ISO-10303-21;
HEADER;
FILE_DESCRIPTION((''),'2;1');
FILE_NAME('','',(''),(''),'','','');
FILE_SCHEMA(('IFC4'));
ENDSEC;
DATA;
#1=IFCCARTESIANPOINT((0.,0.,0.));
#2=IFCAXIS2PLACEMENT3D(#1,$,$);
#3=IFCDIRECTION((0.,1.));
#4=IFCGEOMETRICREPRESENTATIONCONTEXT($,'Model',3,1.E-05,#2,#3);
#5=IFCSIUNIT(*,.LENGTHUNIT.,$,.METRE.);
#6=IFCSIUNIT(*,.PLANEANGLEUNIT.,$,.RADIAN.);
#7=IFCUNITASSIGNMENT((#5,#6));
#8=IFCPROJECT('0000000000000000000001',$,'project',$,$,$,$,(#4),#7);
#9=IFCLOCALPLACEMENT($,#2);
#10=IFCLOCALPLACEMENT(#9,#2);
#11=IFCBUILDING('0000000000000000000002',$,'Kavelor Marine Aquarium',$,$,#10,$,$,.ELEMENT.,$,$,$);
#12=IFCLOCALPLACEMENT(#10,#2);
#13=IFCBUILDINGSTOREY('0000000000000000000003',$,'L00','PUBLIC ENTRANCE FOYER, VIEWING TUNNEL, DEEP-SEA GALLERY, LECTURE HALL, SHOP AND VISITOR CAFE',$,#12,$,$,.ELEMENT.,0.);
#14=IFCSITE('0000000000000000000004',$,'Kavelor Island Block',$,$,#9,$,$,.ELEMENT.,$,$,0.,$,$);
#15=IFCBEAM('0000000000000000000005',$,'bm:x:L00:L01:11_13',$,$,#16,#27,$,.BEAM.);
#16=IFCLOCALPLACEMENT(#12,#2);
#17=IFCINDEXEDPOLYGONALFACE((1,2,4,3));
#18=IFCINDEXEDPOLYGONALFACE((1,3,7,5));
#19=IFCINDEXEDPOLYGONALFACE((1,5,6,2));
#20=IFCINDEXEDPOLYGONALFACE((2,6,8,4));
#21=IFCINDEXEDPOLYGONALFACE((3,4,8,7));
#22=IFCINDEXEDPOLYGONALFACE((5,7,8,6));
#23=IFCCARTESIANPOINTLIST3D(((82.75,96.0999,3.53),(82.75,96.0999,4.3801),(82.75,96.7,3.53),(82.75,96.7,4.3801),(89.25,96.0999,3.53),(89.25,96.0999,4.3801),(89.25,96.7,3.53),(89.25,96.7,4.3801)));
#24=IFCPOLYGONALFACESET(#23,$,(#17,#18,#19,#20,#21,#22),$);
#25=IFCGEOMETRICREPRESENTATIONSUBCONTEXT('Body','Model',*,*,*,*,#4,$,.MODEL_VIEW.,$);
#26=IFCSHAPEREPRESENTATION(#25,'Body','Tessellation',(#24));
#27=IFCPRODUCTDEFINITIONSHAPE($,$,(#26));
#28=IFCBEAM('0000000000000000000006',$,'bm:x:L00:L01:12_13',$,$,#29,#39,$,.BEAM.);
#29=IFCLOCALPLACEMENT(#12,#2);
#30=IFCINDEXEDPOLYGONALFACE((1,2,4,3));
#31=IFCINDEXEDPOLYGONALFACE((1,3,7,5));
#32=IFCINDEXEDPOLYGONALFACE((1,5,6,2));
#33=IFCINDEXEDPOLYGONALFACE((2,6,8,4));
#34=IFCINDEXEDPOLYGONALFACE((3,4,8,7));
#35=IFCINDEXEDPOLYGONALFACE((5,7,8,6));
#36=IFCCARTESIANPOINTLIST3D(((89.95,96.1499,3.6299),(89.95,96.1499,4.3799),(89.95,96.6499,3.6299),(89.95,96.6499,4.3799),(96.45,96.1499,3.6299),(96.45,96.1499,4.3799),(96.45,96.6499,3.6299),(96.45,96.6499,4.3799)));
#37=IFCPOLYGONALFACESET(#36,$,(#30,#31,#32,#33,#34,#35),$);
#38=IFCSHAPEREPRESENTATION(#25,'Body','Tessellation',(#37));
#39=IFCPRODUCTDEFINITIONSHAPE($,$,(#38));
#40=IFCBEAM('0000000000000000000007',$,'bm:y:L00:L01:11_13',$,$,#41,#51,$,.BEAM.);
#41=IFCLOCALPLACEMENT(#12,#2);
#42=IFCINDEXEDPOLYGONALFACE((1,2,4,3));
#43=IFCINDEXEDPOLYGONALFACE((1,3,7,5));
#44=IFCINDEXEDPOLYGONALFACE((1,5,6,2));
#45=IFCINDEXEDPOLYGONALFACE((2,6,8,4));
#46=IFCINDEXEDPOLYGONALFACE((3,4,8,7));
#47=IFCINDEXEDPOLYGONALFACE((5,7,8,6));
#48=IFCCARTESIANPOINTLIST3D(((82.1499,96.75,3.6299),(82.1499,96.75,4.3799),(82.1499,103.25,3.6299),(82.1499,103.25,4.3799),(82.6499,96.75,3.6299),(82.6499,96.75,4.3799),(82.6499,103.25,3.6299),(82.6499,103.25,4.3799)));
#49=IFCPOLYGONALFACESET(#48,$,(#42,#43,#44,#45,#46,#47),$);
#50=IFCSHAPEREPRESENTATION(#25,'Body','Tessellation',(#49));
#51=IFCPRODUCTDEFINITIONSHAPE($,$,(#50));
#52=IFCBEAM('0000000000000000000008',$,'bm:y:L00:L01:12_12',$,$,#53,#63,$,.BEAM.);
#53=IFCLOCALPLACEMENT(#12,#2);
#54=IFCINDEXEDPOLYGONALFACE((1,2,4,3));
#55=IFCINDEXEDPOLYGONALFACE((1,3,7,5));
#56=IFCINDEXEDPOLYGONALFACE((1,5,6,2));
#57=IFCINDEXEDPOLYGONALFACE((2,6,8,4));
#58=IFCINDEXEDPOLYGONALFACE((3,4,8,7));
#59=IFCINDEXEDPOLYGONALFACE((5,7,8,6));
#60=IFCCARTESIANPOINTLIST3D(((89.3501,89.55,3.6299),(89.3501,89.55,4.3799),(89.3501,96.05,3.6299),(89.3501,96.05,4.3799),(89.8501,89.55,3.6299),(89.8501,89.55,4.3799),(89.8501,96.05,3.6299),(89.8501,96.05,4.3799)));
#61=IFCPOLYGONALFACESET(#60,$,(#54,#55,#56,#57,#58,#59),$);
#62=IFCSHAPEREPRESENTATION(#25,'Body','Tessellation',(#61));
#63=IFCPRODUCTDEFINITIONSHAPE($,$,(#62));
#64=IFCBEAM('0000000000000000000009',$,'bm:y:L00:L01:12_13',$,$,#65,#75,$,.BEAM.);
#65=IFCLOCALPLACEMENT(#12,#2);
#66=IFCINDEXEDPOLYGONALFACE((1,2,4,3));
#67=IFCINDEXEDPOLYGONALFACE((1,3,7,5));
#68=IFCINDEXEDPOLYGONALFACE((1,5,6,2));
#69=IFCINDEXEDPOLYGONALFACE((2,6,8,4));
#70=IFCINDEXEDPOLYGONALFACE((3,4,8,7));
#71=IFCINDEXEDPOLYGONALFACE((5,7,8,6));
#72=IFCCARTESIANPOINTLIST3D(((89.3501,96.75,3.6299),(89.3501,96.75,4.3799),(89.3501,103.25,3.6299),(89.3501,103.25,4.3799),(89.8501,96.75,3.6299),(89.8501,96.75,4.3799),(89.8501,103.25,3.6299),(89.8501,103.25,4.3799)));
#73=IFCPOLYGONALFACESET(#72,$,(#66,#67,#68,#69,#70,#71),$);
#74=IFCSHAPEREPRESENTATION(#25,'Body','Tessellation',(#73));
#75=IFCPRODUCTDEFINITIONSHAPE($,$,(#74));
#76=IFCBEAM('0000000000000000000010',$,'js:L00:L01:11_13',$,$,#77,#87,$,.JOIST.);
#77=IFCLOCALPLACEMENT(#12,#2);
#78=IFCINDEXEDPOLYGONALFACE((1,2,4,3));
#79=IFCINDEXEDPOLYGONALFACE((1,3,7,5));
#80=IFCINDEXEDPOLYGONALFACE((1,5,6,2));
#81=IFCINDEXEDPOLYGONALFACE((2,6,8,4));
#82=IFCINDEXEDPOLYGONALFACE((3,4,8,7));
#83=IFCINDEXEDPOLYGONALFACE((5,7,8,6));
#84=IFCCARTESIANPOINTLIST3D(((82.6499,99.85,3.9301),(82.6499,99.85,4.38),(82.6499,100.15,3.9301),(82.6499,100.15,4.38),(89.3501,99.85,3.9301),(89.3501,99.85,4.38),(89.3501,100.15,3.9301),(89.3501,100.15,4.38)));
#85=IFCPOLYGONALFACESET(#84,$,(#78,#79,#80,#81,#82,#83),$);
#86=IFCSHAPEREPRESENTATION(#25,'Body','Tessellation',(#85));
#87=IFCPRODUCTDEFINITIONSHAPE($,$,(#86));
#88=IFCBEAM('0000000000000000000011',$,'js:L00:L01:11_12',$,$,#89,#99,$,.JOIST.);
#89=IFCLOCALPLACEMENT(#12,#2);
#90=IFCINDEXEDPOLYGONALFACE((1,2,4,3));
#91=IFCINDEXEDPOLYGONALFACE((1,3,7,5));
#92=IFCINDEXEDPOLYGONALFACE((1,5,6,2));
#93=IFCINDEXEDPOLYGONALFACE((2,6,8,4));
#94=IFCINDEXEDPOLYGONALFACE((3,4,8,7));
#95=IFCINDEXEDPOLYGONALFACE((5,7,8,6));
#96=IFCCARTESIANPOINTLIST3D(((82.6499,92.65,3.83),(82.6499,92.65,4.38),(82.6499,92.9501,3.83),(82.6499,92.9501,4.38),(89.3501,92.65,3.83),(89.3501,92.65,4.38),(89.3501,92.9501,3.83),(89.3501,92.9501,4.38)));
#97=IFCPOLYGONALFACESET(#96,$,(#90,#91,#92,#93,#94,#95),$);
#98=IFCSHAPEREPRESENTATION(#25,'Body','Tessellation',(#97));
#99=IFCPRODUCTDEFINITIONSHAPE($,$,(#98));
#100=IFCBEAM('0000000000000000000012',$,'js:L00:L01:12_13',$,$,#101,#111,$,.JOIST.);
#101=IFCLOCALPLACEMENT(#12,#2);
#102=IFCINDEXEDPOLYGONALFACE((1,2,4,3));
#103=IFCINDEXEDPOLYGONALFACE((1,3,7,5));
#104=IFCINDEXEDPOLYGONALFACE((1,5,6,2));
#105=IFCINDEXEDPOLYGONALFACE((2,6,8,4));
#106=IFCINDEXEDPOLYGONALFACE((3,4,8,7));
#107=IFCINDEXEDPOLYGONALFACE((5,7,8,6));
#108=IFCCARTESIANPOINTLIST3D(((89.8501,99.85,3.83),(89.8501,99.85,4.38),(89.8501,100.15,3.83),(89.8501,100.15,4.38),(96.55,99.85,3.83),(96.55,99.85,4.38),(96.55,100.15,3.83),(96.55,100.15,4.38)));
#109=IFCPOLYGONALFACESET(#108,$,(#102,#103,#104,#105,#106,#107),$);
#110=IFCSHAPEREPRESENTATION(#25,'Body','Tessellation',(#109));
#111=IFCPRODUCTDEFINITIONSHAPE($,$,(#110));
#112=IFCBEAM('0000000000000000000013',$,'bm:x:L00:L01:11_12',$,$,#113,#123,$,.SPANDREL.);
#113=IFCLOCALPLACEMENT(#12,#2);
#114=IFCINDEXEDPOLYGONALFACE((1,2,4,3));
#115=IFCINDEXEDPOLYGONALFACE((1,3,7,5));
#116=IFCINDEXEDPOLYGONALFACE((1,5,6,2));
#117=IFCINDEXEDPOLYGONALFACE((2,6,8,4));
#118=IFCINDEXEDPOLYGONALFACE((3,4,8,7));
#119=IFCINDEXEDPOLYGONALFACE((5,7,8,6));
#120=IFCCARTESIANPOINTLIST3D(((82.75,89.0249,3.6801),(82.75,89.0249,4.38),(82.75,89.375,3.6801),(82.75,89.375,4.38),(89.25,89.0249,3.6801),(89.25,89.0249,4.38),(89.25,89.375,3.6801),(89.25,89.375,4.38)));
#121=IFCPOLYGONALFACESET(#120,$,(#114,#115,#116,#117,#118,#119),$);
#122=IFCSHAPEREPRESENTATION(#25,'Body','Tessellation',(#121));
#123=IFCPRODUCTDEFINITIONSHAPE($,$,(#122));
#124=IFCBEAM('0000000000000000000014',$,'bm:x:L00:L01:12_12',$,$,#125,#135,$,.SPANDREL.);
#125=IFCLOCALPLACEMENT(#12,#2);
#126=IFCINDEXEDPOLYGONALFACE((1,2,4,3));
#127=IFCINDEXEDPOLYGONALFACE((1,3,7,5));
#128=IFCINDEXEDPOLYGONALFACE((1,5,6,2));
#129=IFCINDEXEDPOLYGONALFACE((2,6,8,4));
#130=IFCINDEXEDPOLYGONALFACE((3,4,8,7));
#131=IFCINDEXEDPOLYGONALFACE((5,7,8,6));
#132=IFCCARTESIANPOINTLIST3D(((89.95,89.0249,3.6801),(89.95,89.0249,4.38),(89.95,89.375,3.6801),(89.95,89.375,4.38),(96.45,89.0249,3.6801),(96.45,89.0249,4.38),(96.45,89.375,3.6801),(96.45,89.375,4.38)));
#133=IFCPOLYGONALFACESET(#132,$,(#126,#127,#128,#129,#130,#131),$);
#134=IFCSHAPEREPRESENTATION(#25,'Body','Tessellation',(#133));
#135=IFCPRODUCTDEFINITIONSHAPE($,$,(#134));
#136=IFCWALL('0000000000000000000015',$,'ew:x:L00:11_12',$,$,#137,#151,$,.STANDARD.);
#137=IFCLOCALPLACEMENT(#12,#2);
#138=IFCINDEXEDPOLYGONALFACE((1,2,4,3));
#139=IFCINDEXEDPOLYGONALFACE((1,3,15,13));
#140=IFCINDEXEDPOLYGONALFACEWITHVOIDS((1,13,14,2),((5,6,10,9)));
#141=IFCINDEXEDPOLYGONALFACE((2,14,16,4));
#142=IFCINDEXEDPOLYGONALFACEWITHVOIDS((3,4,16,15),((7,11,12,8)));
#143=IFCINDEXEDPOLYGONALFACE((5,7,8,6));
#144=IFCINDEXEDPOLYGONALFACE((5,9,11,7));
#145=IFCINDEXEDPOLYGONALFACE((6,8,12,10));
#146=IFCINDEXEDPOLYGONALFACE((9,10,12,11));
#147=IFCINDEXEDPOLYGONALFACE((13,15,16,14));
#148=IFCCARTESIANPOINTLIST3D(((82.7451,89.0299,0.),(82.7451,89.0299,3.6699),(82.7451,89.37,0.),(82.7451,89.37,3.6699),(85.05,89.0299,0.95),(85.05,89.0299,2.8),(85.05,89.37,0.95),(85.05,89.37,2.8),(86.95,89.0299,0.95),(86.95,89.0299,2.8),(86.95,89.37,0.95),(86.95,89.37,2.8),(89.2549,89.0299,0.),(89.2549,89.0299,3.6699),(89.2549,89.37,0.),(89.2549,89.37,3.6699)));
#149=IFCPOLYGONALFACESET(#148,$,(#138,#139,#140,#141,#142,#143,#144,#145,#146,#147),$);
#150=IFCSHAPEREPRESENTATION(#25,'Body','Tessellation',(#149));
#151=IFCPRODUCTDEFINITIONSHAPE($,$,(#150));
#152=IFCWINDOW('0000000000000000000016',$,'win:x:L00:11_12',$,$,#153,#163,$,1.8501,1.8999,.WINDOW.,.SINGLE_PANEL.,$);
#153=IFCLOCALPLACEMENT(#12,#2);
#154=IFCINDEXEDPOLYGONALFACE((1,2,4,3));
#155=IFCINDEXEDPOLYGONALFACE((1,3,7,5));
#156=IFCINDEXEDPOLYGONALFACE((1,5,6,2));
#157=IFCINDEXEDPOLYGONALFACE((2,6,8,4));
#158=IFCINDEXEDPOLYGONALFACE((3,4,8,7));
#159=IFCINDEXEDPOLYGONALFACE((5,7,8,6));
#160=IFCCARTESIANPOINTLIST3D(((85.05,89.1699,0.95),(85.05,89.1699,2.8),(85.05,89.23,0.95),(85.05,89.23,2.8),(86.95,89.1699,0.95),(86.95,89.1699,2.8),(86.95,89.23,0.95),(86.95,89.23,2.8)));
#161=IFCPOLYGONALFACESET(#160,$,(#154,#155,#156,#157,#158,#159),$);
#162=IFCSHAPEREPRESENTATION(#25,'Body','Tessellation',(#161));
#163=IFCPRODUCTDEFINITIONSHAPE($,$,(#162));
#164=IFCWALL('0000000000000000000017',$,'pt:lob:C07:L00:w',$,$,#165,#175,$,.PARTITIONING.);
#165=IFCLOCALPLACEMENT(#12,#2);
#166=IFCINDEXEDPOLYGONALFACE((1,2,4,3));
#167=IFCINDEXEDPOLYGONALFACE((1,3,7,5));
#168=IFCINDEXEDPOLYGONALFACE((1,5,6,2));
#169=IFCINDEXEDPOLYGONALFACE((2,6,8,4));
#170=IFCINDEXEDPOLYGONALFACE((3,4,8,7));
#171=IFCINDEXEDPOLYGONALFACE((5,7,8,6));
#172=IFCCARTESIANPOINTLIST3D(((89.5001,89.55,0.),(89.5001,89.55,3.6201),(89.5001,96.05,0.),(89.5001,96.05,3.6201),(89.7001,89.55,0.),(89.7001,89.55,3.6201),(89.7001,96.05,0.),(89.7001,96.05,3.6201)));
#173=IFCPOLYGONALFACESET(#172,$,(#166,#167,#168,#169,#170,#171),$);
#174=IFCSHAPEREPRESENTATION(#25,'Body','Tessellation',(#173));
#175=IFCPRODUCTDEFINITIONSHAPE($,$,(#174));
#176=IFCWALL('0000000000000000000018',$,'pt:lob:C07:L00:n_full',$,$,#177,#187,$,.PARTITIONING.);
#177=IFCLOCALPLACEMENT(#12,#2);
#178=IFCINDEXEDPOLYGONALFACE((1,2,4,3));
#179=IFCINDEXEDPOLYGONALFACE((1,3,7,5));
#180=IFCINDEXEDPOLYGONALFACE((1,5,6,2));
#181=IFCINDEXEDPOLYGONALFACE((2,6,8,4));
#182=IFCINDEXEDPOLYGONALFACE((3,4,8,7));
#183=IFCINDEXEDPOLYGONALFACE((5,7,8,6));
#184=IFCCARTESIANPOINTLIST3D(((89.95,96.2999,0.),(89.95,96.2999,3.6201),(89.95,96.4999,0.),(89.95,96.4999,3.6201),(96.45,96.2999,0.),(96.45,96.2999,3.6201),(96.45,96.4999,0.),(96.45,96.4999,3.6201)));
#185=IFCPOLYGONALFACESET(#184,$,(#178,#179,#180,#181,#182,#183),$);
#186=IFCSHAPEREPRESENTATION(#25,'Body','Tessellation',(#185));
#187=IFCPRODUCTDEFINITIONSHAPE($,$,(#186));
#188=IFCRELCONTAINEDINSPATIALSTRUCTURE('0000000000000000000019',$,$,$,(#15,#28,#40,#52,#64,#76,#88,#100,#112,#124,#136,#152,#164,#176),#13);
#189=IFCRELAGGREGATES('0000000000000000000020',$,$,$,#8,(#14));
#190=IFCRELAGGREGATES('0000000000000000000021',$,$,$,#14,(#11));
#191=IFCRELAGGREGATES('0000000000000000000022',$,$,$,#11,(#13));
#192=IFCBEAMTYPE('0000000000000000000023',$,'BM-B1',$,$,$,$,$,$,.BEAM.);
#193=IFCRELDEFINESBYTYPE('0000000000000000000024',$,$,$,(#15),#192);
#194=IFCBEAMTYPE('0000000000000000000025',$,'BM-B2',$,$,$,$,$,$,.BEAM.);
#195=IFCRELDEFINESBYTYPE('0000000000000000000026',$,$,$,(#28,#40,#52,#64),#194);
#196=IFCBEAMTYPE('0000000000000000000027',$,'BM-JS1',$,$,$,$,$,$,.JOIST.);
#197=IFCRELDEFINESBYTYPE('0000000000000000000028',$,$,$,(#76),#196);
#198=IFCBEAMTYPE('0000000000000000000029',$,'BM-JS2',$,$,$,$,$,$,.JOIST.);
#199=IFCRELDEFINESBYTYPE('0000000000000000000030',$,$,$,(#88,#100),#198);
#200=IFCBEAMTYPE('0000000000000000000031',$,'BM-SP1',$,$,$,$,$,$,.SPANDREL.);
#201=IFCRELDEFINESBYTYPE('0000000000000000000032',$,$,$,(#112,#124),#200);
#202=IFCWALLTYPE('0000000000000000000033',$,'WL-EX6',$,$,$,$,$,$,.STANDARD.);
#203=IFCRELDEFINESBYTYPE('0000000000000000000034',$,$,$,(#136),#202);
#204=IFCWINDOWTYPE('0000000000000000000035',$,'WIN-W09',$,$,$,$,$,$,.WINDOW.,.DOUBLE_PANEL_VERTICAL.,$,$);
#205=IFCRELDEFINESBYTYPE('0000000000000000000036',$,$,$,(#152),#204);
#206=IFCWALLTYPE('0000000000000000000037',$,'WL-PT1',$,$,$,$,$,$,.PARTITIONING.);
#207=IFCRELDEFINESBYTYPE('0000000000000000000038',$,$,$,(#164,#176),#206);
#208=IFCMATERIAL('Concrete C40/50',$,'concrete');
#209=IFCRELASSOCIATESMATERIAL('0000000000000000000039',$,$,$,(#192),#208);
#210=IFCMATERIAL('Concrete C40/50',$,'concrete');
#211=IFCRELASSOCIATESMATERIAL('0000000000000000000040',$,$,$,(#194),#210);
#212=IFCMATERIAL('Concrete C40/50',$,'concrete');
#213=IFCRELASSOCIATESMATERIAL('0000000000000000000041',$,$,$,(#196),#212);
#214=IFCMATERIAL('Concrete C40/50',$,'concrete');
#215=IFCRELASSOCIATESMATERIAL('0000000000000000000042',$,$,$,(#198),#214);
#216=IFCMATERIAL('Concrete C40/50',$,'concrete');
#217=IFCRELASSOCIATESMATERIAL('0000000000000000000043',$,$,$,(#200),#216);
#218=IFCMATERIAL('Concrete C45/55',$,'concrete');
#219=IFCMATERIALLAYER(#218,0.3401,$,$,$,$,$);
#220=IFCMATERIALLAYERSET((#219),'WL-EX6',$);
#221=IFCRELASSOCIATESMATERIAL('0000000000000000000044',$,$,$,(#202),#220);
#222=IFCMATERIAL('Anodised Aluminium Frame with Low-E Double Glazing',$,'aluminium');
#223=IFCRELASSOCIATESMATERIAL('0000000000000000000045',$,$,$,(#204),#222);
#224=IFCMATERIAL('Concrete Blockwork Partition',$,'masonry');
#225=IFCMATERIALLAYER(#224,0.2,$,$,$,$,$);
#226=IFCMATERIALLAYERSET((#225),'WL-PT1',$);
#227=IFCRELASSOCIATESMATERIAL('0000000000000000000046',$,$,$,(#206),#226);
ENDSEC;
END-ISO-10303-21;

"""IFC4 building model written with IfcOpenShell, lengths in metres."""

from ifc_helpers import new_model, si_unit, direction, frame, frame_2d, origin, origin_2d, place, context, subcontext, project, spatial, rectangle, extrude, material, layer, layer_set, material_profile, profile_set, type_object, element, fill, save


model = new_model("IFC4")

# Units and contexts
model_context = context("Model", 3, precision=1e-05, world=origin(), true_north=direction((0.0, 1.0)))
body_context = subcontext(model_context, "Body", "Model", "MODEL_VIEW")
ifc_project = project(units=[si_unit("LENGTHUNIT", "METRE"), si_unit("PLANEANGLEUNIT", "RADIAN")], contexts=[model_context])

# Site, building, storey
site_placement = place(None, origin())
site = spatial("IfcSite", under=ifc_project, at=site_placement, Name="Kavelor Island Block", CompositionType="ELEMENT", RefElevation=0.0)
building_placement = place(site_placement, origin())
building = spatial("IfcBuilding", under=site, at=building_placement, Name="Kavelor Marine Aquarium", CompositionType="ELEMENT")
storey_placement = place(building_placement, origin())
storey = spatial("IfcBuildingStorey", under=building, at=storey_placement, Name="L00", Description="PUBLIC ENTRANCE FOYER, VIEWING TUNNEL, DEEP-SEA GALLERY, LECTURE HALL, SHOP AND VISITOR CAFE", CompositionType="ELEMENT", Elevation=0.0)

# Beams
ifc_material_1 = material(Name="Concrete C40/50", Category="concrete")
ifc_material_profile_1 = material_profile(ifc_material_1, rectangle(XDim=0.6001, YDim=0.8501, at=origin_2d()), Name="RC-BM 600x850")
ifc_profile_set_1 = profile_set([ifc_material_profile_1], Name="Concrete C40/50")
beam_type_1 = type_object("IfcBeamType", Name="BM-B1", PredefinedType="BEAM", material=ifc_profile_set_1)
beam_1_placement = place(storey_placement, frame((82.75, 96.3999, 3.9551), z_axis=(1.0, 0.0, 0.0), x_axis=(0.0, 1.0, 0.0)))
element("IfcBeam", 1, at=beam_1_placement, inside=storey, type_object=beam_type_1, Name="bm:x:L00:L01:11_13", PredefinedType="BEAM", context=body_context, shape_type="SweptSolid", body=[
    extrude(rectangle(XDim=0.6001, YDim=0.8501, at=origin_2d()), origin(), (0.0, 0.0, 1.0), 6.5),
])
ifc_material_2 = material(Name="Concrete C40/50", Category="concrete")
ifc_material_profile_2 = material_profile(ifc_material_2, rectangle(XDim=0.5, YDim=0.75, at=origin_2d()), Name="RC-BM 500x750")
ifc_profile_set_2 = profile_set([ifc_material_profile_2], Name="Concrete C40/50")
beam_type_2 = type_object("IfcBeamType", Name="BM-B2", PredefinedType="BEAM", material=ifc_profile_set_2)
for number, where, z_axis, x_axis, name in (
    (2, (89.95, 96.3999, 4.0049), (1.0, 0.0, 0.0), (0.0, 1.0, 0.0), "bm:x:L00:L01:12_13"),
    (3, (82.3999, 96.75, 4.0049), (0.0, 1.0, 0.0), (-1.0, 0.0, 0.0), "bm:y:L00:L01:11_13"),
    (4, (89.6001, 89.55, 4.0049), (0.0, 1.0, 0.0), (-1.0, 0.0, 0.0), "bm:y:L00:L01:12_12"),
    (5, (89.6001, 96.75, 4.0049), (0.0, 1.0, 0.0), (-1.0, 0.0, 0.0), "bm:y:L00:L01:12_13"),
):
    element("IfcBeam", number, at=place(storey_placement, frame(where, z_axis=z_axis, x_axis=x_axis)), inside=storey, type_object=beam_type_2, Name=name, PredefinedType="BEAM", context=body_context, shape_type="SweptSolid", body=[
        extrude(rectangle(XDim=0.5, YDim=0.75, at=origin_2d()), origin(), (0.0, 0.0, 1.0), 6.5),
    ])
ifc_material_3 = material(Name="Concrete C40/50", Category="concrete")
ifc_material_profile_3 = material_profile(ifc_material_3, rectangle(XDim=0.3, YDim=0.45, at=origin_2d()), Name="RC-JS 300x450")
ifc_profile_set_3 = profile_set([ifc_material_profile_3], Name="Concrete C40/50")
beam_type_3 = type_object("IfcBeamType", Name="BM-JS1", PredefinedType="JOIST", material=ifc_profile_set_3)
beam_2_placement = place(storey_placement, frame((82.6499, 100.0, 4.155), z_axis=(1.0, 0.0, 0.0), x_axis=(0.0, 1.0, 0.0)))
element("IfcBeam", 6, at=beam_2_placement, inside=storey, type_object=beam_type_3, Name="js:L00:L01:11_13", PredefinedType="JOIST", context=body_context, shape_type="SweptSolid", body=[
    extrude(rectangle(XDim=0.3, YDim=0.45, at=origin_2d()), origin(), (0.0, 0.0, 1.0), 6.7002),
])
ifc_material_4 = material(Name="Concrete C40/50", Category="concrete")
ifc_material_profile_4 = material_profile(ifc_material_4, rectangle(XDim=0.3, YDim=0.55, at=origin_2d()), Name="RC-JS 300x550")
ifc_profile_set_4 = profile_set([ifc_material_profile_4], Name="Concrete C40/50")
beam_type_4 = type_object("IfcBeamType", Name="BM-JS2", PredefinedType="JOIST", material=ifc_profile_set_4)
beam_3_placement = place(storey_placement, frame((82.6499, 92.8, 4.105), z_axis=(1.0, 0.0, 0.0), x_axis=(0.0, 1.0, 0.0)))
element("IfcBeam", 7, at=beam_3_placement, inside=storey, type_object=beam_type_4, Name="js:L00:L01:11_12", PredefinedType="JOIST", context=body_context, shape_type="SweptSolid", body=[
    extrude(rectangle(XDim=0.3, YDim=0.55, at=origin_2d()), origin(), (0.0, 0.0, 1.0), 6.7002),
])
beam_4_placement = place(storey_placement, frame((89.8501, 100.0, 4.105), z_axis=(1.0, 0.0, 0.0), x_axis=(0.0, 1.0, 0.0)))
element("IfcBeam", 8, at=beam_4_placement, inside=storey, type_object=beam_type_4, Name="js:L00:L01:12_13", PredefinedType="JOIST", context=body_context, shape_type="SweptSolid", body=[
    extrude(rectangle(XDim=0.3, YDim=0.55, at=origin_2d()), origin(), (0.0, 0.0, 1.0), 6.7),
])
ifc_material_5 = material(Name="Concrete C40/50", Category="concrete")
ifc_material_profile_5 = material_profile(ifc_material_5, rectangle(XDim=0.3501, YDim=0.7, at=origin_2d()), Name="RC-SP 350x700")
ifc_profile_set_5 = profile_set([ifc_material_profile_5], Name="Concrete C40/50")
beam_type_5 = type_object("IfcBeamType", Name="BM-SP1", PredefinedType="SPANDREL", material=ifc_profile_set_5)
for number, where, z_axis, x_axis, name in (
    (9, (82.75, 89.2, 4.03), (1.0, 0.0, 0.0), (0.0, 1.0, 0.0), "bm:x:L00:L01:11_12"),
    (10, (89.95, 89.2, 4.03), (1.0, 0.0, 0.0), (0.0, 1.0, 0.0), "bm:x:L00:L01:12_12"),
):
    element("IfcBeam", number, at=place(storey_placement, frame(where, z_axis=z_axis, x_axis=x_axis)), inside=storey, type_object=beam_type_5, Name=name, PredefinedType="SPANDREL", context=body_context, shape_type="SweptSolid", body=[
        extrude(rectangle(XDim=0.3501, YDim=0.7, at=origin_2d()), origin(), (0.0, 0.0, 1.0), 6.5),
    ])

# Wall, opening, window
ifc_material_6 = material(Name="Concrete C45/55", Category="concrete")
ifc_layer_1 = layer(ifc_material_6, 0.3401)
ifc_layer_set_1 = layer_set([ifc_layer_1], Name="WL-EX6")
wall_type_1 = type_object("IfcWallType", Name="WL-EX6", PredefinedType="STANDARD", material=ifc_layer_set_1)
wall_1_placement = place(storey_placement, frame((89.2549, 89.2, 0.0), z_axis=(0.0, 0.0, 1.0), x_axis=(-1.0, 0.0, 0.0)))
wall_1 = element("IfcWall", 11, at=wall_1_placement, inside=storey, type_object=wall_type_1, Name="ew:x:L00:11_12", PredefinedType="STANDARD", context=body_context, shape_type="SweptSolid", body=[
    extrude(rectangle(XDim=6.5098, YDim=0.3401, at=frame_2d((3.2549, 0.0))), origin(), (0.0, 0.0, 1.0), 3.6699),
])
opening_placement = place(wall_1_placement, frame((2.3049, 0.0, 0.95)))
opening = element("IfcOpeningElement", 12, at=opening_placement, cuts=wall_1, PredefinedType="OPENING", context=body_context, shape_type="SweptSolid", body=[
    extrude(rectangle(XDim=1.8999, YDim=1.8501, at=frame_2d((0.95, 0.925))), frame((0.0, 0.1799, 0.0), z_axis=(0.0, -1.0, 0.0), x_axis=(1.0, 0.0, 0.0)), (0.0, 0.0, 1.0), 0.3601),
])
ifc_material_7 = material(Name="Anodised Aluminium Frame with Low-E Double Glazing", Category="aluminium")
window_type = type_object("IfcWindowType", Name="WIN-W09", PartitioningType="DOUBLE_PANEL_VERTICAL", PredefinedType="WINDOW", material=ifc_material_7)
window_placement = place(opening_placement, origin())
window = element("IfcWindow", 13, at=window_placement, inside=storey, type_object=window_type, Name="win:x:L00:11_12", OverallHeight=1.8501, OverallWidth=1.8999, PartitioningType="SINGLE_PANEL", PredefinedType="WINDOW", context=body_context, shape_type="SweptSolid", body=[
    extrude(rectangle(XDim=1.8999, YDim=1.8501, at=frame_2d((0.95, 0.925))), frame((0.0, 0.03, 0.0), z_axis=(0.0, -1.0, 0.0), x_axis=(1.0, 0.0, 0.0)), (0.0, 0.0, 1.0), 0.0601),
])
fill(opening, window)

# Walls
ifc_material_8 = material(Name="Concrete Blockwork Partition", Category="masonry")
ifc_layer_2 = layer(ifc_material_8, 0.2)
ifc_layer_set_2 = layer_set([ifc_layer_2], Name="WL-PT1")
wall_type_2 = type_object("IfcWallType", Name="WL-PT1", PredefinedType="PARTITIONING", material=ifc_layer_set_2)
for number, where, z_axis, x_axis, name in (
    (14, (89.6001, 89.55, 0.0), (0.0, 0.0, 1.0), (0.0, 1.0, 0.0), "pt:lob:C07:L00:w"),
    (15, (89.95, 96.3999, 0.0), (0.0, 0.0, 1.0), (1.0, 0.0, 0.0), "pt:lob:C07:L00:n_full"),
):
    element("IfcWall", number, at=place(storey_placement, frame(where, z_axis=z_axis, x_axis=x_axis)), inside=storey, type_object=wall_type_2, Name=name, PredefinedType="PARTITIONING", context=body_context, shape_type="SweptSolid", body=[
        extrude(rectangle(XDim=6.5, YDim=0.2, at=frame_2d((3.25, 0.0))), origin(), (0.0, 0.0, 1.0), 3.6201),
    ])

save(model, "model.ifc")
